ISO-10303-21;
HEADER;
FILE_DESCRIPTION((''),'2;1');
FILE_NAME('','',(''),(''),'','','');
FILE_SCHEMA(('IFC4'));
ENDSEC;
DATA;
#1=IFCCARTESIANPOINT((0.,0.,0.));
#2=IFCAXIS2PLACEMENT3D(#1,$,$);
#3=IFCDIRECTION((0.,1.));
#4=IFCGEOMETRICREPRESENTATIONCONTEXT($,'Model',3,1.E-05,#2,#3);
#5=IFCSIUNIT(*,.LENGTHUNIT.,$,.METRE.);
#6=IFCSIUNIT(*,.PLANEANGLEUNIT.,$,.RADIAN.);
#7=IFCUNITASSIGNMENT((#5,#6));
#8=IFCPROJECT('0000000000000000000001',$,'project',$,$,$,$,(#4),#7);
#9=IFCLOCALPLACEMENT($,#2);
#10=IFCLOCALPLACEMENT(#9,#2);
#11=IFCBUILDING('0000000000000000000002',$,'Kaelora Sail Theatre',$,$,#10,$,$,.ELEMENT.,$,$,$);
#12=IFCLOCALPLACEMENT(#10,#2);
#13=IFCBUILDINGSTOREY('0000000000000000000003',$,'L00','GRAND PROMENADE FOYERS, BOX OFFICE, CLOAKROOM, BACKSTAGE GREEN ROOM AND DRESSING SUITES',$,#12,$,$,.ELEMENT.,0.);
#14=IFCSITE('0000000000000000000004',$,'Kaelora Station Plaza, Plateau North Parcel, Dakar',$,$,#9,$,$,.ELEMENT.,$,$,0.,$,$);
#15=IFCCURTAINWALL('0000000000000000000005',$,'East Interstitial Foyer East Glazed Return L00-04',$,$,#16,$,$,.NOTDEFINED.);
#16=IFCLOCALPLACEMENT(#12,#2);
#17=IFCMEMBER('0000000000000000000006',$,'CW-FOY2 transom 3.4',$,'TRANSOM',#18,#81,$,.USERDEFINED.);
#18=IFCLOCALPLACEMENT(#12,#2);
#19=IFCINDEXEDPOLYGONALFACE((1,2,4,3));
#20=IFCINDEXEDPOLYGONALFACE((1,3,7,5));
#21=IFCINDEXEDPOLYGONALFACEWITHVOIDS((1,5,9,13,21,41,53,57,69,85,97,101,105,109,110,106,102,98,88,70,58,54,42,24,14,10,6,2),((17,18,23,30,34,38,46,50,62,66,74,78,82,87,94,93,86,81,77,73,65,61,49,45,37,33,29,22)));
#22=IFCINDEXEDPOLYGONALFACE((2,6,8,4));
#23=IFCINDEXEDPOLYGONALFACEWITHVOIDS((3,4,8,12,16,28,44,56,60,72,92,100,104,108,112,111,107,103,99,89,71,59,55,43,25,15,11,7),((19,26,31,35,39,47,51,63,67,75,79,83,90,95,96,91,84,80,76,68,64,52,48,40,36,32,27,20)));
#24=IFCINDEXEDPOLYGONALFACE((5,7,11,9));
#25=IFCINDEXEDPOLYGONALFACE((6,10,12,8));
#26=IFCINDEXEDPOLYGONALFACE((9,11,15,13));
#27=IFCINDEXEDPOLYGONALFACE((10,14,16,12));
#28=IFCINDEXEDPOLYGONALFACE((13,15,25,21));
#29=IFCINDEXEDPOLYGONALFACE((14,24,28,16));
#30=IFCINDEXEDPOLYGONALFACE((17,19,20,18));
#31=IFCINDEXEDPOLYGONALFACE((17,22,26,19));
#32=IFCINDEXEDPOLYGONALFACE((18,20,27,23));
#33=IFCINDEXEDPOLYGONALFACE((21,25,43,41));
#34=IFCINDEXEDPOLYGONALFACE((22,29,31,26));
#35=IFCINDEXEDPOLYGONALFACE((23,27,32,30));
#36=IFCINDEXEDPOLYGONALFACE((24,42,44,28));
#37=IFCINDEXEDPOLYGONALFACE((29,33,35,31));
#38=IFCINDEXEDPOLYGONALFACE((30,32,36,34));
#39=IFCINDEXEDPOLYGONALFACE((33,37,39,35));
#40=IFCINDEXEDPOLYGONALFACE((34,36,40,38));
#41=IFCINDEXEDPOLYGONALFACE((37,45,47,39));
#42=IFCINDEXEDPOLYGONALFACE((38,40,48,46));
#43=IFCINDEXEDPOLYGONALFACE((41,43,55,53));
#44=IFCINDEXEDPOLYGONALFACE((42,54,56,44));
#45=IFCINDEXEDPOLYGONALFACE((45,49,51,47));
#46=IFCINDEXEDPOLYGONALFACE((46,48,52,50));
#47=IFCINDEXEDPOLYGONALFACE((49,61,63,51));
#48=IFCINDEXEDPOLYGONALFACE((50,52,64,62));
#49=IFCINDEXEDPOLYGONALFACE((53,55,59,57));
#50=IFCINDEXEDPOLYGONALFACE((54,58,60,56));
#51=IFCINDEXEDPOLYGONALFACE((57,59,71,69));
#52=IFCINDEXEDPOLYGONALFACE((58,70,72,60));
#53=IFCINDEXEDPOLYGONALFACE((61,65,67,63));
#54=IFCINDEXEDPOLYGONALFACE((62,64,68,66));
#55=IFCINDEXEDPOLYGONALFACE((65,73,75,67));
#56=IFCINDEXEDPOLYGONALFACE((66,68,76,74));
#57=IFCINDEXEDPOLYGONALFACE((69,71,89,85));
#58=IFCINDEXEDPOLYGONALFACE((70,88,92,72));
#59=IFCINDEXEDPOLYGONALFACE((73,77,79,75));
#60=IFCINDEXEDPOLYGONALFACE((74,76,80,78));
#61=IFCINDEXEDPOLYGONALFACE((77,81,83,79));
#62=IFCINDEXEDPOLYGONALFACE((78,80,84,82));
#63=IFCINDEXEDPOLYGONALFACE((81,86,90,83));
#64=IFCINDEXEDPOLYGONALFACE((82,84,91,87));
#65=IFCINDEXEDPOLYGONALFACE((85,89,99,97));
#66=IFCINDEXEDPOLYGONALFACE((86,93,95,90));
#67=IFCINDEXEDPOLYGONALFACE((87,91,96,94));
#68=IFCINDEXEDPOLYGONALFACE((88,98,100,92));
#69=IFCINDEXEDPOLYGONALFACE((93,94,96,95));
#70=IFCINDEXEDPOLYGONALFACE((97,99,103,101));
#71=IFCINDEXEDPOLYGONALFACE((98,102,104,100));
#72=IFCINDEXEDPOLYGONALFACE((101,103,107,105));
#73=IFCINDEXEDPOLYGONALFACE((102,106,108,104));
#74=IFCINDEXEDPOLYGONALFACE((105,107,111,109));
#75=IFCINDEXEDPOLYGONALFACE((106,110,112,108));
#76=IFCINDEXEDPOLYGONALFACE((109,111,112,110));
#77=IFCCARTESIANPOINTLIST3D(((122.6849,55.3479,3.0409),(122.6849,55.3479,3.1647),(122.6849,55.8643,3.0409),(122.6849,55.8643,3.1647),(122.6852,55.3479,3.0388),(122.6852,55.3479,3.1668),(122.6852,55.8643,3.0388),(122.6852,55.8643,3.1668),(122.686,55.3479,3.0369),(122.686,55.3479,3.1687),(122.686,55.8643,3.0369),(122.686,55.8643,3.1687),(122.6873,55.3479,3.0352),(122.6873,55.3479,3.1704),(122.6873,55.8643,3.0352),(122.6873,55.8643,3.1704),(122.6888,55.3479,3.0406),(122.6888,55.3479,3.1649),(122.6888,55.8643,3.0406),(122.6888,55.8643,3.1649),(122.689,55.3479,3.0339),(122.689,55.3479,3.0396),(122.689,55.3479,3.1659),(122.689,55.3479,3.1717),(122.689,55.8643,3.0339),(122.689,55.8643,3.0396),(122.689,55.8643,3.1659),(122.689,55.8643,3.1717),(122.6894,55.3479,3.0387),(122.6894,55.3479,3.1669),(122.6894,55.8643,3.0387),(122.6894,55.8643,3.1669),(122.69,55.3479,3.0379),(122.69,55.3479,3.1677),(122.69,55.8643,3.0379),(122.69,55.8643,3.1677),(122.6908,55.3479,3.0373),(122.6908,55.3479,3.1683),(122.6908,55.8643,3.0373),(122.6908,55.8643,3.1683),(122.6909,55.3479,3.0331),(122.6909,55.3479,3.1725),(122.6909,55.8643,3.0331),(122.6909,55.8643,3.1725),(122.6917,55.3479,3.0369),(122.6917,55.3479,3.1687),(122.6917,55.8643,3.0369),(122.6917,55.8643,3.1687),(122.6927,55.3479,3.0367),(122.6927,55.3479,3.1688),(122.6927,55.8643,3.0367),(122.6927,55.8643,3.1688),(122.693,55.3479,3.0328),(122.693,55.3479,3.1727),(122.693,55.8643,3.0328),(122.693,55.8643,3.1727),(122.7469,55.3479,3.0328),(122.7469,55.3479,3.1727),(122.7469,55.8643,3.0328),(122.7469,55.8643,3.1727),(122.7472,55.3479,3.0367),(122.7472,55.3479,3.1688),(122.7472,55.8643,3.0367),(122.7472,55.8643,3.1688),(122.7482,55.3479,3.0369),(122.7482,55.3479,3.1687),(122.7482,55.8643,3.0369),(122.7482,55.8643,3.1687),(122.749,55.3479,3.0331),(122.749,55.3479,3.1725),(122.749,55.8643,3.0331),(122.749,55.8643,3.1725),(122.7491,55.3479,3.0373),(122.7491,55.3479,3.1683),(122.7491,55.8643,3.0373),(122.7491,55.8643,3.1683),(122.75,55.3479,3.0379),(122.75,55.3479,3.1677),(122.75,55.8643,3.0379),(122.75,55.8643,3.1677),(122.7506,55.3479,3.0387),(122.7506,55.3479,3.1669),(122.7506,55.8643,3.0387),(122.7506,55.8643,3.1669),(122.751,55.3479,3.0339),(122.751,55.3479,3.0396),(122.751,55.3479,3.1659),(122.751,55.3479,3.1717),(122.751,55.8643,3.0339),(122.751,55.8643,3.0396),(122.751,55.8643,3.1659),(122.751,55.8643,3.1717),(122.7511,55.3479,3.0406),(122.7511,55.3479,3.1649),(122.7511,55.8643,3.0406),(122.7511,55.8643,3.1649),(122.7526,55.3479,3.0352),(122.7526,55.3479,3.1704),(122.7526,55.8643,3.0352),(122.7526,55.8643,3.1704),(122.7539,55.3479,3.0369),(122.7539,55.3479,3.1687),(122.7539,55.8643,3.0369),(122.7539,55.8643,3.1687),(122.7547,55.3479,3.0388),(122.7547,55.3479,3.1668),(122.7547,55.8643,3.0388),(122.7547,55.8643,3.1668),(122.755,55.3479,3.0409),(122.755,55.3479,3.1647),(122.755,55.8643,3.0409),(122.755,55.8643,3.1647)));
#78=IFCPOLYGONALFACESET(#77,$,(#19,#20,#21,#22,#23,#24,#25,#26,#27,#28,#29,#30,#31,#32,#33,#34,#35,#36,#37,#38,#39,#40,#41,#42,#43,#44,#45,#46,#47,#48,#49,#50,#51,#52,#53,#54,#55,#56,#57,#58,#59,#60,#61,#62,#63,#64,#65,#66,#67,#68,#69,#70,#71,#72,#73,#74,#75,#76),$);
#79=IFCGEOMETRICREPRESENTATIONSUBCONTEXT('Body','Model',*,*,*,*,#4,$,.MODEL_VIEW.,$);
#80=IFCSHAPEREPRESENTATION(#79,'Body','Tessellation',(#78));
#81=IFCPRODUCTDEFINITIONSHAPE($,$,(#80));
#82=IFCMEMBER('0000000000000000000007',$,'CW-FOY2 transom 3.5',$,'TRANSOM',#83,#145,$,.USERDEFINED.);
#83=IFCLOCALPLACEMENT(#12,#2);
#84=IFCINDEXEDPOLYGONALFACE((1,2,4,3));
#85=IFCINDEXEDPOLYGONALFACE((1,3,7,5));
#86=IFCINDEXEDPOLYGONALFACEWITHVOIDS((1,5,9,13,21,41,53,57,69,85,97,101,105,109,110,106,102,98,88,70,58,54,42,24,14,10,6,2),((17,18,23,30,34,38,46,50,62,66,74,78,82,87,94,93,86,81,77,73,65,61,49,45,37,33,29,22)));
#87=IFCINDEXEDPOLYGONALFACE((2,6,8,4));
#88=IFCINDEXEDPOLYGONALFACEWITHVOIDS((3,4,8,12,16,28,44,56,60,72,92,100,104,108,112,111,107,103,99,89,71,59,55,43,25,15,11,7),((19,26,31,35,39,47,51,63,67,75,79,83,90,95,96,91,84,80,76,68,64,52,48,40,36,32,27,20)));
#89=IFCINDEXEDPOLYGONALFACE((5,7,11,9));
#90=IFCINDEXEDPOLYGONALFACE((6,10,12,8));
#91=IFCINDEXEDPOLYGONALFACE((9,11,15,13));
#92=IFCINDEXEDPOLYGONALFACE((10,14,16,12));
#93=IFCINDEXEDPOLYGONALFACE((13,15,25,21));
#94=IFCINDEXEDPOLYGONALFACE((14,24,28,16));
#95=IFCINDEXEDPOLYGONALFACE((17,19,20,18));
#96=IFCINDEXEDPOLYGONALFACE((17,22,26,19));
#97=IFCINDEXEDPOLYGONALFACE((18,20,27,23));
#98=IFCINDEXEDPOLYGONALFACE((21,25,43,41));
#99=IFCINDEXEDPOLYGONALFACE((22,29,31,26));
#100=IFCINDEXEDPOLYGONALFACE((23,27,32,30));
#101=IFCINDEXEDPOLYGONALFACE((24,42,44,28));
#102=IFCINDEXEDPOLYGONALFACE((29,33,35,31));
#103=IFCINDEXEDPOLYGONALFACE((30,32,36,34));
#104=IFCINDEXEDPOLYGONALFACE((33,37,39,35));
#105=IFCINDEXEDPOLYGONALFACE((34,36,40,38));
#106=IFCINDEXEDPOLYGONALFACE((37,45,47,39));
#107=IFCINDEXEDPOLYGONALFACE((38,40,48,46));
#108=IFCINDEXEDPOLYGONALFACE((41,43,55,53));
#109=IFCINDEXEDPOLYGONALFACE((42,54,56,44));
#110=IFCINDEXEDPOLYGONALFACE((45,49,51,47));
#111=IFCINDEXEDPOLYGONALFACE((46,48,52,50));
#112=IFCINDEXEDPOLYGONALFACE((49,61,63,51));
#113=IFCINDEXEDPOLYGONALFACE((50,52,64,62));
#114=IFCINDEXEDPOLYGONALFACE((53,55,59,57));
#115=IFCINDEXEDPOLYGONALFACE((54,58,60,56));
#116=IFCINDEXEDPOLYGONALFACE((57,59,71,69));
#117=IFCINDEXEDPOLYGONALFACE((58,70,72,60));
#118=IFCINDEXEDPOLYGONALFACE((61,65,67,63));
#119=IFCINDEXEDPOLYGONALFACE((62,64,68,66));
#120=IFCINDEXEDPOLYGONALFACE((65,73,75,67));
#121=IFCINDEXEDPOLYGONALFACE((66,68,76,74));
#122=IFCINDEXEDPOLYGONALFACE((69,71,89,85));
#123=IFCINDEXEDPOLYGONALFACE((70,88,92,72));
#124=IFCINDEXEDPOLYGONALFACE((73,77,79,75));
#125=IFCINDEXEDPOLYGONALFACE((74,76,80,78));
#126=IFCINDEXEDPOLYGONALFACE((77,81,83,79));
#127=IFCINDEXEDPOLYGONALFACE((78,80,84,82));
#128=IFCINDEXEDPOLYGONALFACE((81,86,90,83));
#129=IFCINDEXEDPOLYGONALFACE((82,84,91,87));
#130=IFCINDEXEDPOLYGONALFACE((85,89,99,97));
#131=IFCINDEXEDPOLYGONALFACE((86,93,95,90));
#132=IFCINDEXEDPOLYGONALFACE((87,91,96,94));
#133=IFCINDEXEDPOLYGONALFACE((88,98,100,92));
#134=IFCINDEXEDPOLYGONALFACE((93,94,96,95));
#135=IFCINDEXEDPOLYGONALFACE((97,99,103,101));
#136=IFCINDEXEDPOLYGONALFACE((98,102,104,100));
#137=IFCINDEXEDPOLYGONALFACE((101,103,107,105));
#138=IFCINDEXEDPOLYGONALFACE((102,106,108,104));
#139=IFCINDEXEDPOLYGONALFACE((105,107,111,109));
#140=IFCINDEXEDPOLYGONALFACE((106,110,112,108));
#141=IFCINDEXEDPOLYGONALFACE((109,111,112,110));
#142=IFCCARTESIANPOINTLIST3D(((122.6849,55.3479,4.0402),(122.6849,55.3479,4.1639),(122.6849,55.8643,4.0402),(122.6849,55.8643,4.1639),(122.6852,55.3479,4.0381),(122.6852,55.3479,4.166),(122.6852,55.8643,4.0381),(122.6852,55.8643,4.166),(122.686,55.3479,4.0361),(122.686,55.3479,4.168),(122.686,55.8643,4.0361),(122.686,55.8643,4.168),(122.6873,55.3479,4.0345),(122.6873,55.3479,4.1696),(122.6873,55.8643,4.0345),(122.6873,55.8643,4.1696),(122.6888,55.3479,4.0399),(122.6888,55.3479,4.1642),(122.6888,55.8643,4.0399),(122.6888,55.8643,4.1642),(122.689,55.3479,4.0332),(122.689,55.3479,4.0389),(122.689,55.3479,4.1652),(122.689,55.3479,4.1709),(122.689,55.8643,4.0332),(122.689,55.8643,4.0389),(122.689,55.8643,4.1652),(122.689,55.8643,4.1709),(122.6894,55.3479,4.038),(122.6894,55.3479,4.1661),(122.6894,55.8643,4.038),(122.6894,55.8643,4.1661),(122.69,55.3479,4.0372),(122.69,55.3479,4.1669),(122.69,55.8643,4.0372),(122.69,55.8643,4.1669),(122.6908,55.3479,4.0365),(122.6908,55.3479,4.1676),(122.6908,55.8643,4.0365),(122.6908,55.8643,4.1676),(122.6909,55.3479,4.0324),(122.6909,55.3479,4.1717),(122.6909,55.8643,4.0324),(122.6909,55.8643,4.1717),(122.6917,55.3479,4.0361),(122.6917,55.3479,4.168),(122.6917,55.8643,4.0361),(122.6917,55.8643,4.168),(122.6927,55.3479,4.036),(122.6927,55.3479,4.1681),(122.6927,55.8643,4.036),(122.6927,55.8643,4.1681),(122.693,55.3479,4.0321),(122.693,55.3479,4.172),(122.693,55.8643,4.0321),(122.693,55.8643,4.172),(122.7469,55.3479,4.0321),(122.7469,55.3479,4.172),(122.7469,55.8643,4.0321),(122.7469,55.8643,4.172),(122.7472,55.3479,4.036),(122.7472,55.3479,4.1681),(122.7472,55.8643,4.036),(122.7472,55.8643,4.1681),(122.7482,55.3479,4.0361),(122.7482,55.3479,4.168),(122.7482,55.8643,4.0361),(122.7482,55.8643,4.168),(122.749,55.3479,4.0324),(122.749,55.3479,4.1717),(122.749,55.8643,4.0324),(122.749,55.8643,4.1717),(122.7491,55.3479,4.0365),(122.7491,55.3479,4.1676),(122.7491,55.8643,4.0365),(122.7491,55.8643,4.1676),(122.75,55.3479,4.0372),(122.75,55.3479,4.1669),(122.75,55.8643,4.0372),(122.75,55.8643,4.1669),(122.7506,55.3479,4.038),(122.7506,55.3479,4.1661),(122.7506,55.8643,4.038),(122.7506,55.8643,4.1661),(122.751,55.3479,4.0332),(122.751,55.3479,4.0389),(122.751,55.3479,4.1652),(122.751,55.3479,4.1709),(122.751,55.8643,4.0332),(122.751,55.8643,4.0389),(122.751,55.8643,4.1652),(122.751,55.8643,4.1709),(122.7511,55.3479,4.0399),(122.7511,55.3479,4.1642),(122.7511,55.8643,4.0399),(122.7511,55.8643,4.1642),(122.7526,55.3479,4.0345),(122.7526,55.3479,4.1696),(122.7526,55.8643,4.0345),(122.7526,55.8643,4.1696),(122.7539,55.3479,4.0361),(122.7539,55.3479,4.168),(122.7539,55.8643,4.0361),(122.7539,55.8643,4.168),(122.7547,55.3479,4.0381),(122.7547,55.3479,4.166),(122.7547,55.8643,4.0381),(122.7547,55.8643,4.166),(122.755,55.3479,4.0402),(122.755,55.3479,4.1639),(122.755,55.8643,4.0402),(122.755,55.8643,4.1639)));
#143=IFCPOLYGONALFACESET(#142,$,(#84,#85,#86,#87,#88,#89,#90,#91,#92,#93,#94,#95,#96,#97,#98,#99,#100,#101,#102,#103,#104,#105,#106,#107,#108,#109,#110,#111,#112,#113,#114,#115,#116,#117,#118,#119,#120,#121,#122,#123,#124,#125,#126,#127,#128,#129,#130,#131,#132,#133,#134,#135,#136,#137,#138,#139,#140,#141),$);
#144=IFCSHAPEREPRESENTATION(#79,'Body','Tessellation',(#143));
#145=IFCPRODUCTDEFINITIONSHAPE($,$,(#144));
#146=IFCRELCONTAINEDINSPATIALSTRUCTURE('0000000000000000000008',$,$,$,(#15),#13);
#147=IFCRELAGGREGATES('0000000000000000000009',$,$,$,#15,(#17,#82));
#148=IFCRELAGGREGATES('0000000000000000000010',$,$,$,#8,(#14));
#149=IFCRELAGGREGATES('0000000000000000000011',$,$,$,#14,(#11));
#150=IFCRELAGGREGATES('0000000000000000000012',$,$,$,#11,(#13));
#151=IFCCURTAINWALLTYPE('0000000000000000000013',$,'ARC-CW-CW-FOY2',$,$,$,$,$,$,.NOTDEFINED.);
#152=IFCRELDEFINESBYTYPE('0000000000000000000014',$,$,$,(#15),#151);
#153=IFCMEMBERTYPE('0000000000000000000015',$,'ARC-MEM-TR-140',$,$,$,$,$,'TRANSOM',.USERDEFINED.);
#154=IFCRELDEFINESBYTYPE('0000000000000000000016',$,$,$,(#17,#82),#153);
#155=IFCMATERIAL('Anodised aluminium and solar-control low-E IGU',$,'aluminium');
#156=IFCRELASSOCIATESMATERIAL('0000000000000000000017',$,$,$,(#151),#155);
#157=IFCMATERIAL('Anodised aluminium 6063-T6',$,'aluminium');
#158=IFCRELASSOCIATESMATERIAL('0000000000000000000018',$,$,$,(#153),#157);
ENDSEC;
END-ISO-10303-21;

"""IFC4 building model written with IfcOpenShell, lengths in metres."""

from ifc_helpers import new_model, si_unit, direction, frame, origin, origin_2d, place, context, subcontext, project, spatial, hollow_rectangle, extrude, material, material_profile, profile_set, type_object, element, aggregate, save


model = new_model("IFC4")

# Units and contexts
model_context = context("Model", 3, precision=1e-05, world=origin(), true_north=direction((0.0, 1.0)))
body_context = subcontext(model_context, "Body", "Model", "MODEL_VIEW")
ifc_project = project(units=[si_unit("LENGTHUNIT", "METRE"), si_unit("PLANEANGLEUNIT", "RADIAN")], contexts=[model_context])

# Site, building, storey
site_placement = place(None, origin())
site = spatial("IfcSite", under=ifc_project, at=site_placement, Name="Kaelora Station Plaza, Plateau North Parcel, Dakar", CompositionType="ELEMENT", RefElevation=0.0)
building_placement = place(site_placement, origin())
building = spatial("IfcBuilding", under=site, at=building_placement, Name="Kaelora Sail Theatre", CompositionType="ELEMENT")
storey_placement = place(building_placement, origin())
storey = spatial("IfcBuildingStorey", under=building, at=storey_placement, Name="L00", Description="GRAND PROMENADE FOYERS, BOX OFFICE, CLOAKROOM, BACKSTAGE GREEN ROOM AND DRESSING SUITES", CompositionType="ELEMENT", Elevation=0.0)

# Curtain wall, members
ifc_material_1 = material(Name="Anodised aluminium and solar-control low-E IGU", Category="aluminium")
curtain_wall_type = type_object("IfcCurtainWallType", Name="ARC-CW-CW-FOY2", PredefinedType="NOTDEFINED", material=ifc_material_1)
curtain_wall_placement = place(storey_placement, origin())
curtain_wall = element("IfcCurtainWall", 1, at=curtain_wall_placement, inside=storey, type_object=curtain_wall_type, Name="East Interstitial Foyer East Glazed Return L00-04", PredefinedType="NOTDEFINED")
ifc_material_2 = material(Name="Anodised aluminium 6063-T6", Category="aluminium")
ifc_material_profile = material_profile(ifc_material_2, hollow_rectangle(XDim=0.0701, YDim=0.1399, WallThickness=0.0039, InnerFilletRadius=0.0039, OuterFilletRadius=0.0081, at=origin_2d()), Name="ALU-TRAN 70x140x4")
ifc_profile_set = profile_set([ifc_material_profile], Name="Anodised aluminium 6063-T6")
member_type = type_object("IfcMemberType", Name="ARC-MEM-TR-140", ElementType="TRANSOM", PredefinedType="USERDEFINED", material=ifc_profile_set)
member_1_placement = place(storey_placement, frame((122.72, 55.3479, 3.1028), z_axis=(0.0, 1.0, 0.0), x_axis=(-1.0, 0.0, 0.0)))
member_1 = element("IfcMember", 2, at=member_1_placement, type_object=member_type, Name="CW-FOY2 transom 3.4", ObjectType="TRANSOM", PredefinedType="USERDEFINED", context=body_context, shape_type="SweptSolid", body=[
    extrude(hollow_rectangle(XDim=0.0701, YDim=0.1399, WallThickness=0.0039, InnerFilletRadius=0.0039, OuterFilletRadius=0.0081, at=origin_2d()), origin(), (0.0, 0.0, 1.0), 0.5164),
])
member_2_placement = place(storey_placement, frame((122.72, 55.3479, 4.1021), z_axis=(0.0, 1.0, 0.0), x_axis=(-1.0, 0.0, 0.0)))
member_2 = element("IfcMember", 3, at=member_2_placement, type_object=member_type, Name="CW-FOY2 transom 3.5", ObjectType="TRANSOM", PredefinedType="USERDEFINED", context=body_context, shape_type="SweptSolid", body=[
    extrude(hollow_rectangle(XDim=0.0701, YDim=0.1399, WallThickness=0.0039, InnerFilletRadius=0.0039, OuterFilletRadius=0.0081, at=origin_2d()), origin(), (0.0, 0.0, 1.0), 0.5164),
])
aggregate(curtain_wall, [member_1, member_2])

save(model, "model.ifc")
